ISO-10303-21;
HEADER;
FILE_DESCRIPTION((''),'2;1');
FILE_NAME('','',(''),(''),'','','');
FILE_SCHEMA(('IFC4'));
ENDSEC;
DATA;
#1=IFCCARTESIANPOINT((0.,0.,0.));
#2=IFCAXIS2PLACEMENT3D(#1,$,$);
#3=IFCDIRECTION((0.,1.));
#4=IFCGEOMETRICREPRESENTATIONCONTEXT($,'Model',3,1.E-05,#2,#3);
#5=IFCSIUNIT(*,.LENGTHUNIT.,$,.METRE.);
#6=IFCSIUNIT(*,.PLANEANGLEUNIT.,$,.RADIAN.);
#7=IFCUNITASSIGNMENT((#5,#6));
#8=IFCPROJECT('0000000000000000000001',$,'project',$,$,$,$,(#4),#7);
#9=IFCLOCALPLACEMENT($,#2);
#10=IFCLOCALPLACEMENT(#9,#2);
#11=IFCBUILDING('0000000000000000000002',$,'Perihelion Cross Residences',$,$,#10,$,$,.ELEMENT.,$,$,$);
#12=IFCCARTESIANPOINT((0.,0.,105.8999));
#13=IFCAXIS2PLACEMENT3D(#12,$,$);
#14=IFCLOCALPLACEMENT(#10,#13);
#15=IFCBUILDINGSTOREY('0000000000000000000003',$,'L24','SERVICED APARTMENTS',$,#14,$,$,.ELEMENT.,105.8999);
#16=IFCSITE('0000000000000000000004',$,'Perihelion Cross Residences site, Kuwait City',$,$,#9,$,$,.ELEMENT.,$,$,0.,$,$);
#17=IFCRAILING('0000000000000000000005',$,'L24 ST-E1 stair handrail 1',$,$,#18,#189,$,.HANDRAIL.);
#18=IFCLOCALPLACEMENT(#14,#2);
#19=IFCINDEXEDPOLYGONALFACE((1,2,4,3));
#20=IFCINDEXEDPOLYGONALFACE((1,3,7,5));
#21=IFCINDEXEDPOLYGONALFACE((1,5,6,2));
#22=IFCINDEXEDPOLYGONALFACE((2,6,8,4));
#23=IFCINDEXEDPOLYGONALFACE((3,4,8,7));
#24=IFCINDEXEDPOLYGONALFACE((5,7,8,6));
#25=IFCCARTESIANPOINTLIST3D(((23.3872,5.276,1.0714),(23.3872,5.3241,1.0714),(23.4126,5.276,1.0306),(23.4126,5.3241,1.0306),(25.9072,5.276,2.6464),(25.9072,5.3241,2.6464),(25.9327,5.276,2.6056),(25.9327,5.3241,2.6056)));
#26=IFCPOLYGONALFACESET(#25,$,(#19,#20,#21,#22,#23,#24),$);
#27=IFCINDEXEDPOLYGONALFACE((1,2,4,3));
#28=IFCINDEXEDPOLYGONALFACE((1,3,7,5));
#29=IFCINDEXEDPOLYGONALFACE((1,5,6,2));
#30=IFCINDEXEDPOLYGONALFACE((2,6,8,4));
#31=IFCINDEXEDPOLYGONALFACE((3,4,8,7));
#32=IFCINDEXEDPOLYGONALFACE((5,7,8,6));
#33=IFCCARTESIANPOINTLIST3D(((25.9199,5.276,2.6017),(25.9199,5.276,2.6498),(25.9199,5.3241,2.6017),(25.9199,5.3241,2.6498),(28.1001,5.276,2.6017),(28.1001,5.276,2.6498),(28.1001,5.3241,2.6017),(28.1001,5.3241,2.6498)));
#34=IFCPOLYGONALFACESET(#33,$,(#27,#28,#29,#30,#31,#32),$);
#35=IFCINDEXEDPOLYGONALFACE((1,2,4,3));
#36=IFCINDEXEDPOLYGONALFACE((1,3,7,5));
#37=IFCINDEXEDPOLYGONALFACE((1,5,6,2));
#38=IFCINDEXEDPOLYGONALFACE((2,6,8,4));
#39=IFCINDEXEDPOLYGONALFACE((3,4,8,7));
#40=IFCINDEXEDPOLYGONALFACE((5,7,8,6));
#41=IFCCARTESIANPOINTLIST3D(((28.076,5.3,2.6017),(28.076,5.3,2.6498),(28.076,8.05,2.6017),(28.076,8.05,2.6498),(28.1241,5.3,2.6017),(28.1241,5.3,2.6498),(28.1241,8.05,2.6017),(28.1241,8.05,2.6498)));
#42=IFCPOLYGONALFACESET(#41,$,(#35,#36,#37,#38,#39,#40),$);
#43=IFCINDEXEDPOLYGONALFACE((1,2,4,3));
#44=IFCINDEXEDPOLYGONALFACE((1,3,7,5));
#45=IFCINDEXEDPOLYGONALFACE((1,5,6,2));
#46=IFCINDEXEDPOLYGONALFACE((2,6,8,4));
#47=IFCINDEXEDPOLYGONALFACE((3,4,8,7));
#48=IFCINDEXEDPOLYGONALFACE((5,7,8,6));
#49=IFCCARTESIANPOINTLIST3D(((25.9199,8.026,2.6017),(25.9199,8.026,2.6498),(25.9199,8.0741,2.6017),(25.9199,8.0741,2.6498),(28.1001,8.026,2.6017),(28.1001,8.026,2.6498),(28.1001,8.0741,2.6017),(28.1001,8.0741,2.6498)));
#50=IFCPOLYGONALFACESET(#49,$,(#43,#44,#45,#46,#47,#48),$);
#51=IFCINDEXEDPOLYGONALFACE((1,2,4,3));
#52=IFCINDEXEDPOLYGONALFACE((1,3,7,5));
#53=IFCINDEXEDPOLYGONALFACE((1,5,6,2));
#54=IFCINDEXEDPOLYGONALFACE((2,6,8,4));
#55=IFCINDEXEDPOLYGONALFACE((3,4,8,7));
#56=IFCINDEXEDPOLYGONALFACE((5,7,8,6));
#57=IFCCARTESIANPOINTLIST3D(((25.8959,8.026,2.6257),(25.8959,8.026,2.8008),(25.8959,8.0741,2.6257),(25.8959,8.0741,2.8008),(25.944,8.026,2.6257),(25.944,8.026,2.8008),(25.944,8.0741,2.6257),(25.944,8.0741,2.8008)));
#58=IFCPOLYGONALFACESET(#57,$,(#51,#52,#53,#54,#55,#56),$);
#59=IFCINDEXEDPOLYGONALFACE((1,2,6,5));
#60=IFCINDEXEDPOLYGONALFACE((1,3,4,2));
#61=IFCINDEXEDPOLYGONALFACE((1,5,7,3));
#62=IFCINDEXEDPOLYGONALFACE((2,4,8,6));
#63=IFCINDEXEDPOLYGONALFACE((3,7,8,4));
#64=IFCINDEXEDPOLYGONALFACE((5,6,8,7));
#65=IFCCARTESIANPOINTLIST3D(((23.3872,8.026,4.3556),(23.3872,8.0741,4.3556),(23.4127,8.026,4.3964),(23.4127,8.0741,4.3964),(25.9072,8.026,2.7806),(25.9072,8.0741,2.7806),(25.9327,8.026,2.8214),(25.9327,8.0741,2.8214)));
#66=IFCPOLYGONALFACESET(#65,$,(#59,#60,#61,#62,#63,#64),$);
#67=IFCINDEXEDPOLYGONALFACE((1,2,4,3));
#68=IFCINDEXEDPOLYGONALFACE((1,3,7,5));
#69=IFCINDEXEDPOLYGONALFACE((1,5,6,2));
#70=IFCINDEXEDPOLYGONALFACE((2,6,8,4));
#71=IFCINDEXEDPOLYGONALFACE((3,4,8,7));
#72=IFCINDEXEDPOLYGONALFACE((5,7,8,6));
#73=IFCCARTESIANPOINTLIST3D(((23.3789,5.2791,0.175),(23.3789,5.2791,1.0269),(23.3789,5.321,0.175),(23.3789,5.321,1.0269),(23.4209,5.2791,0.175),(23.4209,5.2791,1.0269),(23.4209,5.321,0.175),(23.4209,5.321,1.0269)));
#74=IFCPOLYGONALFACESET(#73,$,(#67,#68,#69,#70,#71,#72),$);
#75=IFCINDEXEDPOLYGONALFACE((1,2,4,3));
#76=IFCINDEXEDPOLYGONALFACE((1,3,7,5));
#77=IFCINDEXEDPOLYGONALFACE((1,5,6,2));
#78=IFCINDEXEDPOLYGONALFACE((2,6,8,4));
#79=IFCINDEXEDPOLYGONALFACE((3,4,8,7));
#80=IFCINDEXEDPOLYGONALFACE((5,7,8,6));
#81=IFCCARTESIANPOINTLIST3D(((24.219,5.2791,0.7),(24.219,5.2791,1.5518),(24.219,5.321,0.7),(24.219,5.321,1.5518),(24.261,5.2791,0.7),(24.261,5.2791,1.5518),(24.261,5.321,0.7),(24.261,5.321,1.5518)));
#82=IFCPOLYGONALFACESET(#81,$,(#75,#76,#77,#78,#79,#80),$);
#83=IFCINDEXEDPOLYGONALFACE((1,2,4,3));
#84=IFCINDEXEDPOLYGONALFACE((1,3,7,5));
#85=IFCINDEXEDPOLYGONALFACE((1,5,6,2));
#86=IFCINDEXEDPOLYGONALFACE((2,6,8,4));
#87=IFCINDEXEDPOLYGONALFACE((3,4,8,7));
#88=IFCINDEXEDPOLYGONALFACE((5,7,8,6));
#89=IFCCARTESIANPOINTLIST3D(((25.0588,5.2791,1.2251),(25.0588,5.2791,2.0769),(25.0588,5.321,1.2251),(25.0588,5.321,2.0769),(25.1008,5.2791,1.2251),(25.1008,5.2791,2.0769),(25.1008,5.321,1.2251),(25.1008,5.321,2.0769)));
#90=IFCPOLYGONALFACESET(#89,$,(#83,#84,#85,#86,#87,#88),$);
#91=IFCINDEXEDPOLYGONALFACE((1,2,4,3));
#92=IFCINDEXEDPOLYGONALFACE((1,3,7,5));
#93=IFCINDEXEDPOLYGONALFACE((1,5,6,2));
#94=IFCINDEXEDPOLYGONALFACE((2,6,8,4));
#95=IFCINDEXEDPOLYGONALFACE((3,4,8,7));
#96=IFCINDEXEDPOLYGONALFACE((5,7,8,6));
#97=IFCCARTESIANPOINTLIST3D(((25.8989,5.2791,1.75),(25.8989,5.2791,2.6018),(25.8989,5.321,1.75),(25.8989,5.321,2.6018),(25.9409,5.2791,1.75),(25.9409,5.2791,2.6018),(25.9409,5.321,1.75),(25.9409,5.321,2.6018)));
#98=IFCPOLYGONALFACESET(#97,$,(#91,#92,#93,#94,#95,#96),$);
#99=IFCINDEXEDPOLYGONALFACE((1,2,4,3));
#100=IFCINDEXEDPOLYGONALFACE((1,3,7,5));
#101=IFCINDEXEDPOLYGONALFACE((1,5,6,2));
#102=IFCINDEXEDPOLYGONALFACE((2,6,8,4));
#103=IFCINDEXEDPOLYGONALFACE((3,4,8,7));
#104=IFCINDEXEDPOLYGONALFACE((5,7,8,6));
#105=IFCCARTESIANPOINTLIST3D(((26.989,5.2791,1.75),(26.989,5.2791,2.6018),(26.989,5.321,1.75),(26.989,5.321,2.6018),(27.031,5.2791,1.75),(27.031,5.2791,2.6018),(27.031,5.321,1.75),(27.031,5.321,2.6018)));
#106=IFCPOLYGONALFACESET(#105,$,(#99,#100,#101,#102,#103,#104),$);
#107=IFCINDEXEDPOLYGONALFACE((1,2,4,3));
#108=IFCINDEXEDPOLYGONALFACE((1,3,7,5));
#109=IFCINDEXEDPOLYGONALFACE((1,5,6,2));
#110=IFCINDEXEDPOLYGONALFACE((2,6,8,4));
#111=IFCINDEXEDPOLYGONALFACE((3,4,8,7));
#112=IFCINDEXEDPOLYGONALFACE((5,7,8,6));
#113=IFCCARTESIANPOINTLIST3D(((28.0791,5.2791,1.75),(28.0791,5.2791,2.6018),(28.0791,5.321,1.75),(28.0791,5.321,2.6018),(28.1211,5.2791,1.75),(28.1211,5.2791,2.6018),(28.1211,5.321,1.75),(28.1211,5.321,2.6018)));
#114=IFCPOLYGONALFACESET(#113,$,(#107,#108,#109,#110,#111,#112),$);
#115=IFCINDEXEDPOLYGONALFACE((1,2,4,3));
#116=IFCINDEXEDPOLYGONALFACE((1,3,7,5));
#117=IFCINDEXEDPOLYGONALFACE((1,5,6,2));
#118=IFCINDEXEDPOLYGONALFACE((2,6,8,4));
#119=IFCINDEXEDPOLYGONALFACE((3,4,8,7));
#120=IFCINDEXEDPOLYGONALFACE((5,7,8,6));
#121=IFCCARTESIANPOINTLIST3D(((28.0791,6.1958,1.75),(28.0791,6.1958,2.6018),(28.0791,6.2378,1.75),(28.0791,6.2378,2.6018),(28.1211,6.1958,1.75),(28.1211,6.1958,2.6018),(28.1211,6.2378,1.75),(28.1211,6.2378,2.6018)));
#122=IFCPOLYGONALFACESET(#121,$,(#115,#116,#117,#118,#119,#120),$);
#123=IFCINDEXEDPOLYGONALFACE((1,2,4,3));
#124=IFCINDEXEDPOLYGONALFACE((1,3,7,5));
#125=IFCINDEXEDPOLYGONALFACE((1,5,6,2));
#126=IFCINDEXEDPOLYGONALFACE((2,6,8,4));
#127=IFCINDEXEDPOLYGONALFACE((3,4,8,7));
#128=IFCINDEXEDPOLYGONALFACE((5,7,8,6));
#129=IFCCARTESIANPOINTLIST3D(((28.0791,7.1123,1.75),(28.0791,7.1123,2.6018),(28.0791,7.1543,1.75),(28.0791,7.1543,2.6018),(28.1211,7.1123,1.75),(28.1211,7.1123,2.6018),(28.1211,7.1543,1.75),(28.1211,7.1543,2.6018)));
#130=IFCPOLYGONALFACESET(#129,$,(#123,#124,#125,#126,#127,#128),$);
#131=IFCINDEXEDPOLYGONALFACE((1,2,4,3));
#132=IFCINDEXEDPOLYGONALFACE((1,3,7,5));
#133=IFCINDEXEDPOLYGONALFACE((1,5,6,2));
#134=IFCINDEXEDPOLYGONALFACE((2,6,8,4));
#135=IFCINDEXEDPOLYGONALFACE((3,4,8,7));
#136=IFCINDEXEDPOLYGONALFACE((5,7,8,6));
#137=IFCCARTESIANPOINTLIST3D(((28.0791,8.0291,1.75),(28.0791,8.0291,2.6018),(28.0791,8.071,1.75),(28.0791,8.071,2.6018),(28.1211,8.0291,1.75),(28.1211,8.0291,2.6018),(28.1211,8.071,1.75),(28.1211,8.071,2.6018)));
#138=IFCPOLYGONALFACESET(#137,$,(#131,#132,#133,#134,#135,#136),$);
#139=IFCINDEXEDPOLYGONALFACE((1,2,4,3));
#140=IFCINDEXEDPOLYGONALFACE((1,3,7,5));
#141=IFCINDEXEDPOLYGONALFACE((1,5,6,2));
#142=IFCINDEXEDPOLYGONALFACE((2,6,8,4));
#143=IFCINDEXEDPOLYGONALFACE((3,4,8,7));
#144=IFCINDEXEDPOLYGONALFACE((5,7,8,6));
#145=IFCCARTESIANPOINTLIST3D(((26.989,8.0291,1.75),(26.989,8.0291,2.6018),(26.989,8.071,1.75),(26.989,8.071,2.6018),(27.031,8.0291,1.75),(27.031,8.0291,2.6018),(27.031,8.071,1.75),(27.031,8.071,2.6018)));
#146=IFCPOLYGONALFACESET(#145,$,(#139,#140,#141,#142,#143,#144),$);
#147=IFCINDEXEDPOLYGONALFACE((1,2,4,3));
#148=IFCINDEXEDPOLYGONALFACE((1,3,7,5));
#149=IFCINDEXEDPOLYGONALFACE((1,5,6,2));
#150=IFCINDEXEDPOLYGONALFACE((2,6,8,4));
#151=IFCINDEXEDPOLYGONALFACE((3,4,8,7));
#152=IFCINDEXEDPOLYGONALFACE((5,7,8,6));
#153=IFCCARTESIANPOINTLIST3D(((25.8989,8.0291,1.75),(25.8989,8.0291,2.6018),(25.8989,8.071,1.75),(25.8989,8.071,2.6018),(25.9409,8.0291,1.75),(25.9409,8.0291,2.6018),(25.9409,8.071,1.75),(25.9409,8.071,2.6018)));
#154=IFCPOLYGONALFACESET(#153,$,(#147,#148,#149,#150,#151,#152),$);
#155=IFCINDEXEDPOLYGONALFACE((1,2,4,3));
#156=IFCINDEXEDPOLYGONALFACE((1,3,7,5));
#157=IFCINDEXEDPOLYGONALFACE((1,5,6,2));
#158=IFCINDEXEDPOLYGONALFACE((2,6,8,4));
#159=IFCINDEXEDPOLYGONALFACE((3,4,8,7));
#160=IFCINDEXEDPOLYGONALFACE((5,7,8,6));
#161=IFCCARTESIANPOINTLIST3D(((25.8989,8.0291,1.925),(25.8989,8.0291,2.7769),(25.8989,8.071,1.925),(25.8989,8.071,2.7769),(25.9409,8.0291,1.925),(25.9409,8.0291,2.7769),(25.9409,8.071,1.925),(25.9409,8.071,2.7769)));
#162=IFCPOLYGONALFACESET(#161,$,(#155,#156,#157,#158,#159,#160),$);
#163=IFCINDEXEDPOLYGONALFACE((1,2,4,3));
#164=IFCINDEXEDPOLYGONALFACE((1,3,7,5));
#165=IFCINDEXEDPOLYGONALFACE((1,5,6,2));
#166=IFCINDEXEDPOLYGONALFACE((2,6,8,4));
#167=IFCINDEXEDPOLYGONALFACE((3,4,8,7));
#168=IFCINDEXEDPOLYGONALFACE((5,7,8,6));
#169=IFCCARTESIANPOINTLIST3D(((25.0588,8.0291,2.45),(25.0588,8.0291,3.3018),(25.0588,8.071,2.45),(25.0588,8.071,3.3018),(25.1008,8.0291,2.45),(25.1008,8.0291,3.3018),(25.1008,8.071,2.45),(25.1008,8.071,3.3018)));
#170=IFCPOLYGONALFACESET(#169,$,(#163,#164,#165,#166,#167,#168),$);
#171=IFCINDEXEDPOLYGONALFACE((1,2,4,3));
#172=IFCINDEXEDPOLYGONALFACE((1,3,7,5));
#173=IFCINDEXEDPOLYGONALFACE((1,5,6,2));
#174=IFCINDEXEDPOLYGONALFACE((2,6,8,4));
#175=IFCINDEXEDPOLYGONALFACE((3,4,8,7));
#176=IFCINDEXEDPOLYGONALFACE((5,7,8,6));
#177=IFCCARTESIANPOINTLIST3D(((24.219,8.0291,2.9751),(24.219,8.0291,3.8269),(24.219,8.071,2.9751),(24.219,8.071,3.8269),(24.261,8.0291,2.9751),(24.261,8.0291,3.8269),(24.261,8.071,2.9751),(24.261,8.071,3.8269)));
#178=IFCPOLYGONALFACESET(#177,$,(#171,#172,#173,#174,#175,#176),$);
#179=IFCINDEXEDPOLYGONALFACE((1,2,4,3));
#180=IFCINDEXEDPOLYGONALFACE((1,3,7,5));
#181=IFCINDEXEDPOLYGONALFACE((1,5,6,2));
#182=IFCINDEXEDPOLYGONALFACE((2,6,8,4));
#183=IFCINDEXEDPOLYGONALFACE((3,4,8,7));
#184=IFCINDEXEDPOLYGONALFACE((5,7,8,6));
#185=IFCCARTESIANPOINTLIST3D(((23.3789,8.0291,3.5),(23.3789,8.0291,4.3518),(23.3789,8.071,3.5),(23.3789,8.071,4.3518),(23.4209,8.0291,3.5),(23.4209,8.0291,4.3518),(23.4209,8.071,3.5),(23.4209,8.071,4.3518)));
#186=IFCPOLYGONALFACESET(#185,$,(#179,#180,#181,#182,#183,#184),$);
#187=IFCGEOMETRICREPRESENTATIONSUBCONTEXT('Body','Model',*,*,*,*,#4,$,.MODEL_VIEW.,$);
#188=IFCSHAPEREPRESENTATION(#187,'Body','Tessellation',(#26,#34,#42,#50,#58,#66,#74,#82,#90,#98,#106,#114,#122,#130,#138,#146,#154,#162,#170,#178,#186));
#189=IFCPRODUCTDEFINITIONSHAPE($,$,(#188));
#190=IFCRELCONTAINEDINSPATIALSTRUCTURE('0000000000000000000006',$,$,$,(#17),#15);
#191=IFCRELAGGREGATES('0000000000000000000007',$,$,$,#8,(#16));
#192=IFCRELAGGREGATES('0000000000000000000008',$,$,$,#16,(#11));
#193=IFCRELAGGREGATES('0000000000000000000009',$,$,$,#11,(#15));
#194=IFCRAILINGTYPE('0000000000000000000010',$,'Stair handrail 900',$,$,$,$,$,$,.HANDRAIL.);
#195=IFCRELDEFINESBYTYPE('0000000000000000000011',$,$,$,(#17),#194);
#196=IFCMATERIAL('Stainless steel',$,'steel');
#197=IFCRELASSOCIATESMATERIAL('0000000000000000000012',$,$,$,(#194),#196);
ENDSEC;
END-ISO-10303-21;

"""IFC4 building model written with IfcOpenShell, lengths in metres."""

from ifc_helpers import new_model, si_unit, direction, frame, origin, origin_2d, place, context, subcontext, project, spatial, rectangle, extrude, material, type_object, element, save


model = new_model("IFC4")

# Units and contexts
model_context = context("Model", 3, precision=1e-05, world=origin(), true_north=direction((0.0, 1.0)))
body_context = subcontext(model_context, "Body", "Model", "MODEL_VIEW")
ifc_project = project(units=[si_unit("LENGTHUNIT", "METRE"), si_unit("PLANEANGLEUNIT", "RADIAN")], contexts=[model_context])

# Site, building, storey
site_placement = place(None, origin())
site = spatial("IfcSite", under=ifc_project, at=site_placement, Name="Perihelion Cross Residences site, Kuwait City", CompositionType="ELEMENT", RefElevation=0.0)
building_placement = place(site_placement, origin())
building = spatial("IfcBuilding", under=site, at=building_placement, Name="Perihelion Cross Residences", CompositionType="ELEMENT")
storey_placement = place(building_placement, frame((0.0, 0.0, 105.8999)))
storey = spatial("IfcBuildingStorey", under=building, at=storey_placement, Name="L24", Description="SERVICED APARTMENTS", CompositionType="ELEMENT", Elevation=105.8999)

# Railing
ifc_material_1 = material(Name="Stainless steel", Category="steel")
railing_type_1 = type_object("IfcRailingType", Name="Stair handrail 900", PredefinedType="HANDRAIL", material=ifc_material_1)
railing_1_placement = place(storey_placement, frame((23.3999, 5.3, 0.175)))
element("IfcRailing", 1, at=railing_1_placement, inside=storey, type_object=railing_type_1, Name="L24 ST-E1 stair handrail 1", PredefinedType="HANDRAIL", context=body_context, shape_type="SweptSolid", body=[
    extrude(rectangle(XDim=0.0481, YDim=0.0481, at=origin_2d()), frame((0.0, 0.0, 0.876), z_axis=(0.848008, 0.0, 0.529984), x_axis=(0.0, 1.0, 0.0)), (0.0, 0.0, 1.0), 2.9717),
    extrude(rectangle(XDim=0.0481, YDim=0.0481, at=origin_2d()), frame((2.52, 0.0, 2.4507), z_axis=(1.0, 0.0, 0.0), x_axis=(0.0, 1.0, 0.0)), (0.0, 0.0, 1.0), 2.1802),
    extrude(rectangle(XDim=0.0481, YDim=0.0481, at=origin_2d()), frame((4.7002, 0.0, 2.4507), z_axis=(0.0, 1.0, 0.0), x_axis=(-1.0, 0.0, 0.0)), (0.0, 0.0, 1.0), 2.75),
    extrude(rectangle(XDim=0.0481, YDim=0.0481, at=origin_2d()), frame((4.7002, 2.75, 2.4507), z_axis=(-1.0, 0.0, 0.0), x_axis=(0.0, -1.0, 0.0)), (0.0, 0.0, 1.0), 2.1802),
    extrude(rectangle(XDim=0.0481, YDim=0.0481, at=origin_2d()), frame((2.52, 2.75, 2.4507), z_axis=(0.0, 0.0, 1.0), x_axis=(1.0, 0.0, 0.0)), (0.0, 0.0, 1.0), 0.175),
    extrude(rectangle(XDim=0.0481, YDim=0.0481, at=origin_2d()), frame((2.52, 2.75, 2.626), z_axis=(-0.848008, 0.0, 0.529984), x_axis=(0.0, -1.0, 0.0)), (0.0, 0.0, 1.0), 2.9717),
    extrude(rectangle(XDim=0.042, YDim=0.042, at=origin_2d()), origin(), (0.0, 0.0, 1.0), 0.8518),
    extrude(rectangle(XDim=0.042, YDim=0.042, at=origin_2d()), frame((0.8401, 0.0, 0.5249)), (0.0, 0.0, 1.0), 0.8518),
    extrude(rectangle(XDim=0.042, YDim=0.042, at=origin_2d()), frame((1.6799, 0.0, 1.05)), (0.0, 0.0, 1.0), 0.8518),
    extrude(rectangle(XDim=0.042, YDim=0.042, at=origin_2d()), frame((2.52, 0.0, 1.575)), (0.0, 0.0, 1.0), 0.8518),
    extrude(rectangle(XDim=0.042, YDim=0.042, at=origin_2d()), frame((3.6101, 0.0, 1.575)), (0.0, 0.0, 1.0), 0.8518),
    extrude(rectangle(XDim=0.042, YDim=0.042, at=origin_2d()), frame((4.7002, 0.0, 1.575)), (0.0, 0.0, 1.0), 0.8518),
    extrude(rectangle(XDim=0.042, YDim=0.042, at=origin_2d()), frame((4.7002, 0.9167, 1.575)), (0.0, 0.0, 1.0), 0.8518),
    extrude(rectangle(XDim=0.042, YDim=0.042, at=origin_2d()), frame((4.7002, 1.8333, 1.575)), (0.0, 0.0, 1.0), 0.8518),
    extrude(rectangle(XDim=0.042, YDim=0.042, at=origin_2d()), frame((4.7002, 2.75, 1.575)), (0.0, 0.0, 1.0), 0.8518),
    extrude(rectangle(XDim=0.042, YDim=0.042, at=origin_2d()), frame((3.6101, 2.75, 1.575)), (0.0, 0.0, 1.0), 0.8518),
    extrude(rectangle(XDim=0.042, YDim=0.042, at=origin_2d()), frame((2.52, 2.75, 1.575)), (0.0, 0.0, 1.0), 0.8518),
    extrude(rectangle(XDim=0.042, YDim=0.042, at=origin_2d()), frame((2.52, 2.75, 1.75)), (0.0, 0.0, 1.0), 0.8518),
    extrude(rectangle(XDim=0.042, YDim=0.042, at=origin_2d()), frame((1.6799, 2.75, 2.2749)), (0.0, 0.0, 1.0), 0.8518),
    extrude(rectangle(XDim=0.042, YDim=0.042, at=origin_2d()), frame((0.8401, 2.75, 2.8)), (0.0, 0.0, 1.0), 0.8518),
    extrude(rectangle(XDim=0.042, YDim=0.042, at=origin_2d()), frame((0.0, 2.75, 3.325)), (0.0, 0.0, 1.0), 0.8518),
])

save(model, "model.ifc")
